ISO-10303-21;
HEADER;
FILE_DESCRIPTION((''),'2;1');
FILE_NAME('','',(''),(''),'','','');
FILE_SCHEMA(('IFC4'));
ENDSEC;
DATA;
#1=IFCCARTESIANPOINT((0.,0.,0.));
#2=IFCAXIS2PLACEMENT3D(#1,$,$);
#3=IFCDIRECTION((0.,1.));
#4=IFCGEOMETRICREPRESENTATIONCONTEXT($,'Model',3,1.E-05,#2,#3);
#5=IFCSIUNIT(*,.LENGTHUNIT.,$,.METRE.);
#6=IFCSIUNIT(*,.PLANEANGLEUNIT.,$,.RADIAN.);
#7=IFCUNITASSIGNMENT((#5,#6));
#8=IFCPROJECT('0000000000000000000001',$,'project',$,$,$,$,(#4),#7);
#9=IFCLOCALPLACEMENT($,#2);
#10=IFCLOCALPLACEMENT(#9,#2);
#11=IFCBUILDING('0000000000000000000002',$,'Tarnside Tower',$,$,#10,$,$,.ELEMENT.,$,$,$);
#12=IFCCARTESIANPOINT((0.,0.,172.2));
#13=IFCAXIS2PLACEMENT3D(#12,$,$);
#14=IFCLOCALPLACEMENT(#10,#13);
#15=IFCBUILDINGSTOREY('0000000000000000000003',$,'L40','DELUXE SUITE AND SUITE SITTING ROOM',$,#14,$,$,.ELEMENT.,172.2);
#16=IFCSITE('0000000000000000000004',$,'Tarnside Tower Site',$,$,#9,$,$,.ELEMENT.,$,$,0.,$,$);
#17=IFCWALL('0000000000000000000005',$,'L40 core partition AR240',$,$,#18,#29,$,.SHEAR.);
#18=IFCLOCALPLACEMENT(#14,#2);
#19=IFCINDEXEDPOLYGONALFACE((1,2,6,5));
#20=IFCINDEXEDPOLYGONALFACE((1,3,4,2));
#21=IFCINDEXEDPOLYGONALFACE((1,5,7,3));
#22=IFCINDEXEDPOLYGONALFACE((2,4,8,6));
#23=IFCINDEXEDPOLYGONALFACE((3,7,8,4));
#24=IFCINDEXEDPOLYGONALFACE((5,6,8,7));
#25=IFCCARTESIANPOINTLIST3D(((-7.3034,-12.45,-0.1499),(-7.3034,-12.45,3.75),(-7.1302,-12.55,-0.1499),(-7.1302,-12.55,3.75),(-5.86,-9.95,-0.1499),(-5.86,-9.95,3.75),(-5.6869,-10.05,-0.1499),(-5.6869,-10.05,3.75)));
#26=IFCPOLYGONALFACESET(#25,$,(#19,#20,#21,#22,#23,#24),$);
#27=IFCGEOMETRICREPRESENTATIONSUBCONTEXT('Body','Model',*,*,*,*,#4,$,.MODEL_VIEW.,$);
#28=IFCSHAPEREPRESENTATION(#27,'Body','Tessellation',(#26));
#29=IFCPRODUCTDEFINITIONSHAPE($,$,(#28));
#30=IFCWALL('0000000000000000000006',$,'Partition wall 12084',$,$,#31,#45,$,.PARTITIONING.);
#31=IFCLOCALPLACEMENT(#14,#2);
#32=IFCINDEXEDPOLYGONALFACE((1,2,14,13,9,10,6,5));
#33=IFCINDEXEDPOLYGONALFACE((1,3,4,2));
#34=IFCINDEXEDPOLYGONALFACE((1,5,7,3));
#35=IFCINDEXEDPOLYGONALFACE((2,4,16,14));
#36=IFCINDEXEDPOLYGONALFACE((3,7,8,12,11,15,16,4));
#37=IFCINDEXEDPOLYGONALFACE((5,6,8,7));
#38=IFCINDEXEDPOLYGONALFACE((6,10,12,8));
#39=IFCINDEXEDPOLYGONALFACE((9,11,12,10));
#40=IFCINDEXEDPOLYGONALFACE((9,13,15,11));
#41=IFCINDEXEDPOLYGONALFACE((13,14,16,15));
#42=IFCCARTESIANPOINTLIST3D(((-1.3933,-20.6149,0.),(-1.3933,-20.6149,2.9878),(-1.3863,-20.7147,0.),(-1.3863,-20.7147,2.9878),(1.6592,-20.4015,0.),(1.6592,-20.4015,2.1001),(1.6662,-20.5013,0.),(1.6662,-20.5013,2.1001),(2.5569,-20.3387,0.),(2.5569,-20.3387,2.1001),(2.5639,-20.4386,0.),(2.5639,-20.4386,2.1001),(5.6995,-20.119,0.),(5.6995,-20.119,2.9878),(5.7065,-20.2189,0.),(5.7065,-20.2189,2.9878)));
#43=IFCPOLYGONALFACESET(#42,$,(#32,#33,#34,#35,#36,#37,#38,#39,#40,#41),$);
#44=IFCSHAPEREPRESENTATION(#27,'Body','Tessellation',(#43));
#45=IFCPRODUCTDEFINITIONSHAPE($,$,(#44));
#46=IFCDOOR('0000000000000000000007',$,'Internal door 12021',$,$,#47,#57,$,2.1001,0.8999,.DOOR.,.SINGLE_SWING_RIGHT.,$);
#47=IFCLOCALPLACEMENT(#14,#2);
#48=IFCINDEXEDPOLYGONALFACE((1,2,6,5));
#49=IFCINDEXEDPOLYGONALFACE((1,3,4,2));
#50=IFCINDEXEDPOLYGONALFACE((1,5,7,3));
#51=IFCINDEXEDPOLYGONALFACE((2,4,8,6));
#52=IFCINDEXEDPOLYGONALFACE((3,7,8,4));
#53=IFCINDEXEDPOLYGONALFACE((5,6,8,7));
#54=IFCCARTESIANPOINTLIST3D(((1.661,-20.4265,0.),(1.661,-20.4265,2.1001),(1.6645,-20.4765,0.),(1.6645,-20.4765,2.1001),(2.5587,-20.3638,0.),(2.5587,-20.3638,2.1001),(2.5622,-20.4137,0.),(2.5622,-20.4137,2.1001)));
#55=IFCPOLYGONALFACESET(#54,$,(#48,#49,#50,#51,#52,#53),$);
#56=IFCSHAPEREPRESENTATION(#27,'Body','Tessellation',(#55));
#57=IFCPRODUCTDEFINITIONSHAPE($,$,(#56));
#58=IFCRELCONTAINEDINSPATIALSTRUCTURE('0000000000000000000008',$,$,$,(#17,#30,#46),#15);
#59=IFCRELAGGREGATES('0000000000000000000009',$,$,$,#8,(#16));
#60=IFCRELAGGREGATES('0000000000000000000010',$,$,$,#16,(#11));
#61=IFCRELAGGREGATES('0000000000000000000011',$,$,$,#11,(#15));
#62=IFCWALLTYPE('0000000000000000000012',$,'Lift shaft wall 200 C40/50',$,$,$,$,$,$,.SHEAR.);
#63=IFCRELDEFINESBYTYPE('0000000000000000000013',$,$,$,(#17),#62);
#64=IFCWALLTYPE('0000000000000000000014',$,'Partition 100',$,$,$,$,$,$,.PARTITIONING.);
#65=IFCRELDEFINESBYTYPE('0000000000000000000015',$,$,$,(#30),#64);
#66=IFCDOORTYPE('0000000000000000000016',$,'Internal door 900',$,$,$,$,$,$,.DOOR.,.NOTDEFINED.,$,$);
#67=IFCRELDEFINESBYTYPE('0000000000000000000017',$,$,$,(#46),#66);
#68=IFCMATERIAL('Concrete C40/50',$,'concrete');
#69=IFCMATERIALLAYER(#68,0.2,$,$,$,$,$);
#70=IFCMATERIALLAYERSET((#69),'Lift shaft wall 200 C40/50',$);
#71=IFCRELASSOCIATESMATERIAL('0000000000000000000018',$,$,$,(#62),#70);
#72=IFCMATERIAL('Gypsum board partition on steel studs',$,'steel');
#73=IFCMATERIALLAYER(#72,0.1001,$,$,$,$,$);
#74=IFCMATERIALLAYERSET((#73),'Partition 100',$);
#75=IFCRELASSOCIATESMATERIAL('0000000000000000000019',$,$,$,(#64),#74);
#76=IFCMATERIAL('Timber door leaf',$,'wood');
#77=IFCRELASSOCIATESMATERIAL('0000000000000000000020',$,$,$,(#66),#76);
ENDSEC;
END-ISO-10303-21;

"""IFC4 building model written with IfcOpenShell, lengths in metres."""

from ifc_helpers import new_model, si_unit, direction, frame, frame_2d, origin, place, context, subcontext, project, spatial, rectangle, extrude, material, layer, layer_set, type_object, element, fill, save


model = new_model("IFC4")

# Units and contexts
model_context = context("Model", 3, precision=1e-05, world=origin(), true_north=direction((0.0, 1.0)))
body_context = subcontext(model_context, "Body", "Model", "MODEL_VIEW")
ifc_project = project(units=[si_unit("LENGTHUNIT", "METRE"), si_unit("PLANEANGLEUNIT", "RADIAN")], contexts=[model_context])

# Site, building, storey
site_placement = place(None, origin())
site = spatial("IfcSite", under=ifc_project, at=site_placement, Name="Tarnside Tower Site", CompositionType="ELEMENT", RefElevation=0.0)
building_placement = place(site_placement, origin())
building = spatial("IfcBuilding", under=site, at=building_placement, Name="Tarnside Tower", CompositionType="ELEMENT")
storey_placement = place(building_placement, frame((0.0, 0.0, 172.2)))
storey = spatial("IfcBuildingStorey", under=building, at=storey_placement, Name="L40", Description="DELUXE SUITE AND SUITE SITTING ROOM", CompositionType="ELEMENT", Elevation=172.2)

# Shared definitions
ifc_material_1 = material(Name="Gypsum board partition on steel studs", Category="steel")
ifc_material_2 = material(Name="Timber door leaf", Category="wood")

# Wall
ifc_material_3 = material(Name="Concrete C40/50", Category="concrete")
ifc_layer_1 = layer(ifc_material_3, 0.2)
ifc_layer_set_1 = layer_set([ifc_layer_1], Name="Lift shaft wall 200 C40/50")
wall_type_1 = type_object("IfcWallType", Name="Lift shaft wall 200 C40/50", PredefinedType="SHEAR", material=ifc_layer_set_1)
wall_1_placement = place(storey_placement, frame((-5.7734, -10.0, -0.1499), z_axis=(0.0, 0.0, 1.0), x_axis=(-0.499996, -0.866028, 0.0)))
element("IfcWall", 1, at=wall_1_placement, inside=storey, type_object=wall_type_1, Name="L40 core partition AR240", PredefinedType="SHEAR", context=body_context, shape_type="SweptSolid", body=[
    extrude(rectangle(XDim=2.8867, YDim=0.2, at=frame_2d((1.4434, 0.0))), origin(), (0.0, 0.0, 1.0), 3.8999),
])

# Wall, opening, door
ifc_layer_2 = layer(ifc_material_1, 0.1001)
ifc_layer_set_2 = layer_set([ifc_layer_2], Name="Partition 100")
wall_type_2 = type_object("IfcWallType", Name="Partition 100", PredefinedType="PARTITIONING", material=ifc_layer_set_2)
wall_2_placement = place(storey_placement, frame((-1.3899, -20.6648, 0.0), z_axis=(0.0, 0.0, 1.0), x_axis=(0.997565, 0.069739, 0.0)))
wall_2 = element("IfcWall", 2, at=wall_2_placement, inside=storey, type_object=wall_type_2, Name="Partition wall 12084", PredefinedType="PARTITIONING", context=body_context, shape_type="SweptSolid", body=[
    extrude(rectangle(XDim=7.1101, YDim=0.1001, at=frame_2d((3.5552, 0.0))), origin(), (0.0, 0.0, 1.0), 2.9878),
])
opening_1_placement = place(wall_2_placement, frame((3.0601, 0.0, 0.0)))
opening_1 = element("IfcOpeningElement", 3, at=opening_1_placement, cuts=wall_2, PredefinedType="OPENING", context=body_context, shape_type="SweptSolid", body=[
    extrude(rectangle(XDim=0.8999, YDim=2.1001, at=frame_2d((0.45, 1.05))), frame((0.0, 0.0601, 0.0), z_axis=(0.0, -1.0, 0.0), x_axis=(1.0, 0.0, 0.0)), (0.0, 0.0, 1.0), 0.1201),
])
door_type_1 = type_object("IfcDoorType", Name="Internal door 900", OperationType="NOTDEFINED", PredefinedType="DOOR", material=ifc_material_2)
door_1_placement = place(opening_1_placement, origin())
door_1 = element("IfcDoor", 4, at=door_1_placement, inside=storey, type_object=door_type_1, Name="Internal door 12021", OperationType="SINGLE_SWING_RIGHT", OverallHeight=2.1001, OverallWidth=0.8999, PredefinedType="DOOR", context=body_context, shape_type="SweptSolid", body=[
    extrude(rectangle(XDim=0.8999, YDim=2.1001, at=frame_2d((0.45, 1.05))), frame((0.0, 0.0249, 0.0), z_axis=(0.0, -1.0, 0.0), x_axis=(1.0, 0.0, 0.0)), (0.0, 0.0, 1.0), 0.05),
])
fill(opening_1, door_1)

save(model, "model.ifc")
